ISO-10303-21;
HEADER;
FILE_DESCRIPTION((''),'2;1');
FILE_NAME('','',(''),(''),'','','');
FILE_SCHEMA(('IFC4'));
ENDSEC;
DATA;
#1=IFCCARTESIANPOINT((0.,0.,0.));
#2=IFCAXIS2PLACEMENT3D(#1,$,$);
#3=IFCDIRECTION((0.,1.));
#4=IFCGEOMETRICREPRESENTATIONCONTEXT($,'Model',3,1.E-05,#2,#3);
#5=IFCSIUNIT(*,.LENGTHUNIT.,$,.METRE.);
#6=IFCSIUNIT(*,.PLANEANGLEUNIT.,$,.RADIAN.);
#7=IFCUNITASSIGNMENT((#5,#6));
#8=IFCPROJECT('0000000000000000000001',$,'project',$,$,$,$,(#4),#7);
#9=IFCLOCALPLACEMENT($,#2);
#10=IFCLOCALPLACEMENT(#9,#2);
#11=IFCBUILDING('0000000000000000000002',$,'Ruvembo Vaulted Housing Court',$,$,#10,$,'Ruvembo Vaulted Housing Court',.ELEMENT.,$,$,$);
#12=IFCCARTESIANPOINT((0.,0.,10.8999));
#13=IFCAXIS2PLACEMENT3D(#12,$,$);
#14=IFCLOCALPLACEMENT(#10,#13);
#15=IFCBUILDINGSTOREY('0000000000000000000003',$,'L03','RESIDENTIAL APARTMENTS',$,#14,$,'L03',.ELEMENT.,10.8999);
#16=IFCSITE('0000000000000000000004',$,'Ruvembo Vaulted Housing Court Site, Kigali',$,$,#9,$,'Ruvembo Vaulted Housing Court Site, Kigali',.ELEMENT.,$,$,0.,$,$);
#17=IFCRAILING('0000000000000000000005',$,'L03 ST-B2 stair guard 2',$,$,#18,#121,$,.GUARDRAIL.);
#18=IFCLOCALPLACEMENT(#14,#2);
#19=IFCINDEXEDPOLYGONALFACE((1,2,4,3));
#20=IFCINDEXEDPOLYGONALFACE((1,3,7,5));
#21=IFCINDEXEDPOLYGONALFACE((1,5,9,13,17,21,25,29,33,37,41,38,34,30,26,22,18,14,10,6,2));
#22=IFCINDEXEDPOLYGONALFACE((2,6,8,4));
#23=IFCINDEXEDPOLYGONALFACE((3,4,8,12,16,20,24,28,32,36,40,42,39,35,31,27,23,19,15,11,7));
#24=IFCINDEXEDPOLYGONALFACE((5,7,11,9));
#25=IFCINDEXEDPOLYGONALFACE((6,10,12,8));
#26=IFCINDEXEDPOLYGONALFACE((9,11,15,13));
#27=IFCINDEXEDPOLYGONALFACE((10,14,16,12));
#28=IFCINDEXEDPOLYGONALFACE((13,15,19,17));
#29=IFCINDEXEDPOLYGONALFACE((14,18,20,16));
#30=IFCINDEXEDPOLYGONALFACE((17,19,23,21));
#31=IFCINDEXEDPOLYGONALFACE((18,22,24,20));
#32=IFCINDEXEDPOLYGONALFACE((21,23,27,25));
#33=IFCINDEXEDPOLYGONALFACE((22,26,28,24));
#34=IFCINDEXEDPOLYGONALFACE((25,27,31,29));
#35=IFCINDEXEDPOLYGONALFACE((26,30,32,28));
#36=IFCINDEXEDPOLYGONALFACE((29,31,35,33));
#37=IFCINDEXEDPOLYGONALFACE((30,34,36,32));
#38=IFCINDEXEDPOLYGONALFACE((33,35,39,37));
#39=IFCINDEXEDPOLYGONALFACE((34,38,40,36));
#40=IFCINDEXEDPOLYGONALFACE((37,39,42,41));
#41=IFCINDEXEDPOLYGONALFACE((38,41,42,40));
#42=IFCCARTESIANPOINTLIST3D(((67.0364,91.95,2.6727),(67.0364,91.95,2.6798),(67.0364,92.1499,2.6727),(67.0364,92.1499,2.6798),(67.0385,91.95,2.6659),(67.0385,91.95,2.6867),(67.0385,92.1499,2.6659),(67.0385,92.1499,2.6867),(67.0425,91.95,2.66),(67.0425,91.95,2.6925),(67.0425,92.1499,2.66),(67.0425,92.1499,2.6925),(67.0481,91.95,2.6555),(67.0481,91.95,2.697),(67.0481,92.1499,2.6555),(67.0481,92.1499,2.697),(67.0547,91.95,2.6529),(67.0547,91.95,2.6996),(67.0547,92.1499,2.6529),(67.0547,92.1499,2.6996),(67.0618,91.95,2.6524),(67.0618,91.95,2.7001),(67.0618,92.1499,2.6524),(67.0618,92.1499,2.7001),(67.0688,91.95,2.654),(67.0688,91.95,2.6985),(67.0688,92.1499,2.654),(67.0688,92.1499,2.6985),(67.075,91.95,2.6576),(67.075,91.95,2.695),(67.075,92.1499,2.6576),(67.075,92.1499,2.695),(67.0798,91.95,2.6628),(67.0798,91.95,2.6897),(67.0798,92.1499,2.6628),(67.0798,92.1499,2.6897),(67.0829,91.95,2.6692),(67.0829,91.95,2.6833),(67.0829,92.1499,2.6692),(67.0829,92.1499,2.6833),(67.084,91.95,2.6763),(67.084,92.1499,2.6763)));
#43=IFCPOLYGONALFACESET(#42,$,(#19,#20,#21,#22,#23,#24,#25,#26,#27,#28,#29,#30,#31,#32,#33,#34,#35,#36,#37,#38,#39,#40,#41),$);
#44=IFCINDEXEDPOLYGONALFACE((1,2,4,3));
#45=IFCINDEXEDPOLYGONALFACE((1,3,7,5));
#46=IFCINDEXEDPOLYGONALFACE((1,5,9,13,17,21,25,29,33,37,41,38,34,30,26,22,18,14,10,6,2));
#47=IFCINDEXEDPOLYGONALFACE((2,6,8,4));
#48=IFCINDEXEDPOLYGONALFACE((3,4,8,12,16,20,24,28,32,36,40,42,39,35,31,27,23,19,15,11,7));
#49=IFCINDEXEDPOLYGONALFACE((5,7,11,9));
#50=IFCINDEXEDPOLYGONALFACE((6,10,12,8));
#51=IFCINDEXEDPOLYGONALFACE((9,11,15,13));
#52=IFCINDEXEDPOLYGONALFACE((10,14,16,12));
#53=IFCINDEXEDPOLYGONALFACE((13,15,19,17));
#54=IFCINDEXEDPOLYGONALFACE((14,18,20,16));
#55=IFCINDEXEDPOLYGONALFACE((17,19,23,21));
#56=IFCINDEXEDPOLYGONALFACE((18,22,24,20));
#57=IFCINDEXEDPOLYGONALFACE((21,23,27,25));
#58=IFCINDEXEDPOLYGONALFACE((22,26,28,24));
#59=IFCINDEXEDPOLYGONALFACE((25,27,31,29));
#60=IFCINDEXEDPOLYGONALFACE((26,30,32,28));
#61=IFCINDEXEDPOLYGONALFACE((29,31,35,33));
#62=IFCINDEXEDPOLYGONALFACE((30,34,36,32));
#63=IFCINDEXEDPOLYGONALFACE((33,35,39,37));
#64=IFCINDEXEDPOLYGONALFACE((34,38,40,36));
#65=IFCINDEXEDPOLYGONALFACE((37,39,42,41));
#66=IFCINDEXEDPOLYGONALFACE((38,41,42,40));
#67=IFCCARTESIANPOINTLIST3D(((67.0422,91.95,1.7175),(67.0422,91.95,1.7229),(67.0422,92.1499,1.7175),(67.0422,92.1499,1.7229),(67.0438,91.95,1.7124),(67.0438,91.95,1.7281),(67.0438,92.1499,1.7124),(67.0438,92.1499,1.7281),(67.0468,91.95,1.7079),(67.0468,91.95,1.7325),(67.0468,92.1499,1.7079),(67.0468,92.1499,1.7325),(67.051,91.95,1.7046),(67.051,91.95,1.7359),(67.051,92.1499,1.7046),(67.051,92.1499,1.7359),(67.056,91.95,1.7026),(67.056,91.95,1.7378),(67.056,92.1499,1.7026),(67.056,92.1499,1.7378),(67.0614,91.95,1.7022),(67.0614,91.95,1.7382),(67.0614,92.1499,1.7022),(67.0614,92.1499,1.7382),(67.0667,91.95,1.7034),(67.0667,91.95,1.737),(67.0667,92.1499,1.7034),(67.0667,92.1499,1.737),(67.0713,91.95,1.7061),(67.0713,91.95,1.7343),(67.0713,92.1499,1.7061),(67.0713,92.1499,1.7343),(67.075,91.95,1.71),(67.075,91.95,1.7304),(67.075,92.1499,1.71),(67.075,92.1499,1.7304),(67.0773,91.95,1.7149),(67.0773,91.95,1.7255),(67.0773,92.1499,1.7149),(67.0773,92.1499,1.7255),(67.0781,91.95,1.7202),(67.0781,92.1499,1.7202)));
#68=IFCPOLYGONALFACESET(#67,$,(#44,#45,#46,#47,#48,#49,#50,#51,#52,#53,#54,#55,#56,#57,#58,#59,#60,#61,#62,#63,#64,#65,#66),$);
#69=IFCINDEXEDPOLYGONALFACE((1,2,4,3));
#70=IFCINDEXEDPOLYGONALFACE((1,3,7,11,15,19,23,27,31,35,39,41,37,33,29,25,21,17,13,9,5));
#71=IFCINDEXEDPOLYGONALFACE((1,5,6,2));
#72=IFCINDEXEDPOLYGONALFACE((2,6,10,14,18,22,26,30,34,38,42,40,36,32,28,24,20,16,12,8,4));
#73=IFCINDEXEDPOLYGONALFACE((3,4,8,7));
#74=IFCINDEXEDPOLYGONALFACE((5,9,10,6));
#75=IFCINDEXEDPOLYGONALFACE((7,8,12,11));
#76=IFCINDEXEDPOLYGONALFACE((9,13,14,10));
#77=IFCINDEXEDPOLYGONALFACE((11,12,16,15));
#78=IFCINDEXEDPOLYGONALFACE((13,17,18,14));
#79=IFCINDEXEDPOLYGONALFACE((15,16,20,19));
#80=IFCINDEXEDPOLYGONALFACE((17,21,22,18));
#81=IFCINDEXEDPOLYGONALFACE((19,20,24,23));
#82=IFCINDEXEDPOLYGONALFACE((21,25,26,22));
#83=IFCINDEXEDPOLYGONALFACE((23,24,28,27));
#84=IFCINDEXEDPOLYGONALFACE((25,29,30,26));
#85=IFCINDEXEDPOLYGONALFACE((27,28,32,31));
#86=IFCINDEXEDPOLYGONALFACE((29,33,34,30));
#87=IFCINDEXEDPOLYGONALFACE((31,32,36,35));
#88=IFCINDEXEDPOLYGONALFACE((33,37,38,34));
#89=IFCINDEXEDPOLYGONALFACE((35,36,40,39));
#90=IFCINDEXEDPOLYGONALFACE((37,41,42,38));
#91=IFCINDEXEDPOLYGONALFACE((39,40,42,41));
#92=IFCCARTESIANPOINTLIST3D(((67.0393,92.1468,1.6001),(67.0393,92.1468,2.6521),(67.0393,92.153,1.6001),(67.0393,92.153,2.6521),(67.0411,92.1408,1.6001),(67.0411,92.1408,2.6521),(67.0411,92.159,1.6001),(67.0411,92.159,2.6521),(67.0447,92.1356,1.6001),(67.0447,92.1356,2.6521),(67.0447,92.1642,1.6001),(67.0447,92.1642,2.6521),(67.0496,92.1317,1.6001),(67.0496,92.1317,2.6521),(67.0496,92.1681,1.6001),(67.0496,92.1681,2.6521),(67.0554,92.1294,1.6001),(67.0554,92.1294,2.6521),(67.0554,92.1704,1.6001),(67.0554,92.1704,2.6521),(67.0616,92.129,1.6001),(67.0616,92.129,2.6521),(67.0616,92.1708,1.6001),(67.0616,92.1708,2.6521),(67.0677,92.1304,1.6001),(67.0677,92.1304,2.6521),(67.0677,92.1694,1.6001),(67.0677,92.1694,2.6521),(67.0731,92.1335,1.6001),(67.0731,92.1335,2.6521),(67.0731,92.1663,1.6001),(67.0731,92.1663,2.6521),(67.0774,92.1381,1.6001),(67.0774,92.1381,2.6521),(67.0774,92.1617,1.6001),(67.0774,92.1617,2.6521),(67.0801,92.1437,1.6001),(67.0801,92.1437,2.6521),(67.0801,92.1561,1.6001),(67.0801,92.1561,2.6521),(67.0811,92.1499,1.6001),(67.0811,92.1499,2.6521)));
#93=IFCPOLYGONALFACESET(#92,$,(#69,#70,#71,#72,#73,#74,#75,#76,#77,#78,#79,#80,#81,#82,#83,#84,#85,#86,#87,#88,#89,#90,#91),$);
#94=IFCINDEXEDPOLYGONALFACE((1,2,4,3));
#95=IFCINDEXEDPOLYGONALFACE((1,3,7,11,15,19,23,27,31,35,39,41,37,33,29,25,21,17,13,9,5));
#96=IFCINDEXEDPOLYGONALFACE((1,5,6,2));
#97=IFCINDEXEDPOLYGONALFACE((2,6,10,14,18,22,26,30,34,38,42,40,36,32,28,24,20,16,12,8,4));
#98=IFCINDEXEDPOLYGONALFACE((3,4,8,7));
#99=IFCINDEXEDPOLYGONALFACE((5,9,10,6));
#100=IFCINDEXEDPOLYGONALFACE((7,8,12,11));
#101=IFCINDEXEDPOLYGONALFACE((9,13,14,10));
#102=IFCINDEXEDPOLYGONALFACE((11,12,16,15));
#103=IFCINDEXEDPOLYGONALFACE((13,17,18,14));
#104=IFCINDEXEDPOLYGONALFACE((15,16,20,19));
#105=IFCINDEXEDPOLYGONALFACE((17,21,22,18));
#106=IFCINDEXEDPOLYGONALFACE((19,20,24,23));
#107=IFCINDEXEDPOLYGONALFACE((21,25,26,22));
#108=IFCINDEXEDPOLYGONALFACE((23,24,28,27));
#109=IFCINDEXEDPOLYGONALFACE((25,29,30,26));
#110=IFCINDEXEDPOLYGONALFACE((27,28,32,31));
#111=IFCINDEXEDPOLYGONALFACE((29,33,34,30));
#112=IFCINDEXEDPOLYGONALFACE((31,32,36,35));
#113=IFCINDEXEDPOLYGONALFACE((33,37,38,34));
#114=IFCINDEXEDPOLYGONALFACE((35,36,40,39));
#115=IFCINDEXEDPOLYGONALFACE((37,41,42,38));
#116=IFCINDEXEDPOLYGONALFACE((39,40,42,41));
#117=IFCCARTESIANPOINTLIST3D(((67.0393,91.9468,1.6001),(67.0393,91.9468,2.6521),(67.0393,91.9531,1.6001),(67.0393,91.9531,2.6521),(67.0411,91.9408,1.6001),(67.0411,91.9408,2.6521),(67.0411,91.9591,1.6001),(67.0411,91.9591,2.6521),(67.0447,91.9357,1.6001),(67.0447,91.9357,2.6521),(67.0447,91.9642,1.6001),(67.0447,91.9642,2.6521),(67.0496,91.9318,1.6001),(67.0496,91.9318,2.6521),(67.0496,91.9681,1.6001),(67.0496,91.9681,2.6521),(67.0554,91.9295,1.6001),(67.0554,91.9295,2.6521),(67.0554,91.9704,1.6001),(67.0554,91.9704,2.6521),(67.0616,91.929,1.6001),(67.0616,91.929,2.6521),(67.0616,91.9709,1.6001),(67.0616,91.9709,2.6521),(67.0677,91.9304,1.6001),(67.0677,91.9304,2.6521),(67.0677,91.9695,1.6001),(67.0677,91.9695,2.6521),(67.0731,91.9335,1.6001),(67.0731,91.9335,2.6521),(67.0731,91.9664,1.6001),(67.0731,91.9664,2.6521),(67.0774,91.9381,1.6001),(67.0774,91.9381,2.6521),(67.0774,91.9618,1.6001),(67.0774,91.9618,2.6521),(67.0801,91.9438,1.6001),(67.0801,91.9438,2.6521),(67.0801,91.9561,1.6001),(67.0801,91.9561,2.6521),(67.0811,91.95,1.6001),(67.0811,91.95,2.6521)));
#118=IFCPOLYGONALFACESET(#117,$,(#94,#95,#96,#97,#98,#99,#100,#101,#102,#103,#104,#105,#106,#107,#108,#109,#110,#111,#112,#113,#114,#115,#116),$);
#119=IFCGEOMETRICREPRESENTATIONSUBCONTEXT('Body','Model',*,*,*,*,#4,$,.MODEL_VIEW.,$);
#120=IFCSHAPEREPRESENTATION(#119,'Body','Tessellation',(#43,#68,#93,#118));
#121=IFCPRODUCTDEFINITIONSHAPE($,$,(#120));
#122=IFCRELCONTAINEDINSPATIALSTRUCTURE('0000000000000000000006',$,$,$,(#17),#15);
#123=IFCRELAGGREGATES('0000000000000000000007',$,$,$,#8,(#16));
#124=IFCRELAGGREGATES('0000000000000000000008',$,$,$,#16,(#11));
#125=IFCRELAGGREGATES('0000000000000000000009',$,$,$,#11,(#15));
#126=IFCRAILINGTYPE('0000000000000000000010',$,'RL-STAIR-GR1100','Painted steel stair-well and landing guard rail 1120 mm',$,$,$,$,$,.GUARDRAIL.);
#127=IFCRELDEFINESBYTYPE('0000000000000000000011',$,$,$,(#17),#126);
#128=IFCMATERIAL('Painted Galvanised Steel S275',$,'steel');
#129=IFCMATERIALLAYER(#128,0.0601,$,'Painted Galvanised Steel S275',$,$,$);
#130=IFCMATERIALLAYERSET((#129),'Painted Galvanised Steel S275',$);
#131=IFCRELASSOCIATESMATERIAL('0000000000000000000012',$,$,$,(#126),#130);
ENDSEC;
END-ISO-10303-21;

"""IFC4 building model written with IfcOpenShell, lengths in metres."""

from ifc_helpers import new_model, si_unit, direction, frame, origin, origin_2d, place, context, subcontext, project, spatial, circle, extrude, material, layer, layer_set, type_object, element, save


model = new_model("IFC4")

# Units and contexts
model_context = context("Model", 3, precision=1e-05, world=origin(), true_north=direction((0.0, 1.0)))
body_context = subcontext(model_context, "Body", "Model", "MODEL_VIEW")
ifc_project = project(units=[si_unit("LENGTHUNIT", "METRE"), si_unit("PLANEANGLEUNIT", "RADIAN")], contexts=[model_context])

# Site, building, storey
site_placement = place(None, origin())
site = spatial("IfcSite", under=ifc_project, at=site_placement, Name="Ruvembo Vaulted Housing Court Site, Kigali", LongName="Ruvembo Vaulted Housing Court Site, Kigali", CompositionType="ELEMENT", RefElevation=0.0)
building_placement = place(site_placement, origin())
building = spatial("IfcBuilding", under=site, at=building_placement, Name="Ruvembo Vaulted Housing Court", LongName="Ruvembo Vaulted Housing Court", CompositionType="ELEMENT")
storey_placement = place(building_placement, frame((0.0, 0.0, 10.8999)))
storey = spatial("IfcBuildingStorey", under=building, at=storey_placement, Name="L03", Description="RESIDENTIAL APARTMENTS", LongName="L03", CompositionType="ELEMENT", Elevation=10.8999)

# Railing
ifc_material_1 = material(Name="Painted Galvanised Steel S275", Category="steel")
ifc_layer_1 = layer(ifc_material_1, 0.0601, Name="Painted Galvanised Steel S275")
ifc_layer_set_1 = layer_set([ifc_layer_1], Name="Painted Galvanised Steel S275")
railing_type_1 = type_object("IfcRailingType", Name="RL-STAIR-GR1100", Description="Painted steel stair-well and landing guard rail 1120 mm", PredefinedType="GUARDRAIL", material=ifc_layer_set_1)
railing_1_placement = place(storey_placement, frame((67.0601, 92.1499, 1.6001)))
element("IfcRailing", 1, at=railing_1_placement, inside=storey, type_object=railing_type_1, Name="L03 ST-B2 stair guard 2", PredefinedType="GUARDRAIL", context=body_context, shape_type="SweptSolid", body=[
    extrude(circle(Radius=0.0239, at=origin_2d()), frame((0.0, 0.0, 1.0762), z_axis=(0.0, -1.0, 0.0), x_axis=(1.0, 0.0, 0.0)), (0.0, 0.0, 1.0), 0.2),
    extrude(circle(Radius=0.0181, at=origin_2d()), frame((0.0, 0.0, 0.1201), z_axis=(0.0, -1.0, 0.0), x_axis=(1.0, 0.0, 0.0)), (0.0, 0.0, 1.0), 0.2),
    extrude(circle(Radius=0.021, at=origin_2d()), origin(), (0.0, 0.0, 1.0), 1.052),
    extrude(circle(Radius=0.021, at=origin_2d()), frame((0.0, -0.2, 0.0)), (0.0, 0.0, 1.0), 1.052),
])

save(model, "model.ifc")
